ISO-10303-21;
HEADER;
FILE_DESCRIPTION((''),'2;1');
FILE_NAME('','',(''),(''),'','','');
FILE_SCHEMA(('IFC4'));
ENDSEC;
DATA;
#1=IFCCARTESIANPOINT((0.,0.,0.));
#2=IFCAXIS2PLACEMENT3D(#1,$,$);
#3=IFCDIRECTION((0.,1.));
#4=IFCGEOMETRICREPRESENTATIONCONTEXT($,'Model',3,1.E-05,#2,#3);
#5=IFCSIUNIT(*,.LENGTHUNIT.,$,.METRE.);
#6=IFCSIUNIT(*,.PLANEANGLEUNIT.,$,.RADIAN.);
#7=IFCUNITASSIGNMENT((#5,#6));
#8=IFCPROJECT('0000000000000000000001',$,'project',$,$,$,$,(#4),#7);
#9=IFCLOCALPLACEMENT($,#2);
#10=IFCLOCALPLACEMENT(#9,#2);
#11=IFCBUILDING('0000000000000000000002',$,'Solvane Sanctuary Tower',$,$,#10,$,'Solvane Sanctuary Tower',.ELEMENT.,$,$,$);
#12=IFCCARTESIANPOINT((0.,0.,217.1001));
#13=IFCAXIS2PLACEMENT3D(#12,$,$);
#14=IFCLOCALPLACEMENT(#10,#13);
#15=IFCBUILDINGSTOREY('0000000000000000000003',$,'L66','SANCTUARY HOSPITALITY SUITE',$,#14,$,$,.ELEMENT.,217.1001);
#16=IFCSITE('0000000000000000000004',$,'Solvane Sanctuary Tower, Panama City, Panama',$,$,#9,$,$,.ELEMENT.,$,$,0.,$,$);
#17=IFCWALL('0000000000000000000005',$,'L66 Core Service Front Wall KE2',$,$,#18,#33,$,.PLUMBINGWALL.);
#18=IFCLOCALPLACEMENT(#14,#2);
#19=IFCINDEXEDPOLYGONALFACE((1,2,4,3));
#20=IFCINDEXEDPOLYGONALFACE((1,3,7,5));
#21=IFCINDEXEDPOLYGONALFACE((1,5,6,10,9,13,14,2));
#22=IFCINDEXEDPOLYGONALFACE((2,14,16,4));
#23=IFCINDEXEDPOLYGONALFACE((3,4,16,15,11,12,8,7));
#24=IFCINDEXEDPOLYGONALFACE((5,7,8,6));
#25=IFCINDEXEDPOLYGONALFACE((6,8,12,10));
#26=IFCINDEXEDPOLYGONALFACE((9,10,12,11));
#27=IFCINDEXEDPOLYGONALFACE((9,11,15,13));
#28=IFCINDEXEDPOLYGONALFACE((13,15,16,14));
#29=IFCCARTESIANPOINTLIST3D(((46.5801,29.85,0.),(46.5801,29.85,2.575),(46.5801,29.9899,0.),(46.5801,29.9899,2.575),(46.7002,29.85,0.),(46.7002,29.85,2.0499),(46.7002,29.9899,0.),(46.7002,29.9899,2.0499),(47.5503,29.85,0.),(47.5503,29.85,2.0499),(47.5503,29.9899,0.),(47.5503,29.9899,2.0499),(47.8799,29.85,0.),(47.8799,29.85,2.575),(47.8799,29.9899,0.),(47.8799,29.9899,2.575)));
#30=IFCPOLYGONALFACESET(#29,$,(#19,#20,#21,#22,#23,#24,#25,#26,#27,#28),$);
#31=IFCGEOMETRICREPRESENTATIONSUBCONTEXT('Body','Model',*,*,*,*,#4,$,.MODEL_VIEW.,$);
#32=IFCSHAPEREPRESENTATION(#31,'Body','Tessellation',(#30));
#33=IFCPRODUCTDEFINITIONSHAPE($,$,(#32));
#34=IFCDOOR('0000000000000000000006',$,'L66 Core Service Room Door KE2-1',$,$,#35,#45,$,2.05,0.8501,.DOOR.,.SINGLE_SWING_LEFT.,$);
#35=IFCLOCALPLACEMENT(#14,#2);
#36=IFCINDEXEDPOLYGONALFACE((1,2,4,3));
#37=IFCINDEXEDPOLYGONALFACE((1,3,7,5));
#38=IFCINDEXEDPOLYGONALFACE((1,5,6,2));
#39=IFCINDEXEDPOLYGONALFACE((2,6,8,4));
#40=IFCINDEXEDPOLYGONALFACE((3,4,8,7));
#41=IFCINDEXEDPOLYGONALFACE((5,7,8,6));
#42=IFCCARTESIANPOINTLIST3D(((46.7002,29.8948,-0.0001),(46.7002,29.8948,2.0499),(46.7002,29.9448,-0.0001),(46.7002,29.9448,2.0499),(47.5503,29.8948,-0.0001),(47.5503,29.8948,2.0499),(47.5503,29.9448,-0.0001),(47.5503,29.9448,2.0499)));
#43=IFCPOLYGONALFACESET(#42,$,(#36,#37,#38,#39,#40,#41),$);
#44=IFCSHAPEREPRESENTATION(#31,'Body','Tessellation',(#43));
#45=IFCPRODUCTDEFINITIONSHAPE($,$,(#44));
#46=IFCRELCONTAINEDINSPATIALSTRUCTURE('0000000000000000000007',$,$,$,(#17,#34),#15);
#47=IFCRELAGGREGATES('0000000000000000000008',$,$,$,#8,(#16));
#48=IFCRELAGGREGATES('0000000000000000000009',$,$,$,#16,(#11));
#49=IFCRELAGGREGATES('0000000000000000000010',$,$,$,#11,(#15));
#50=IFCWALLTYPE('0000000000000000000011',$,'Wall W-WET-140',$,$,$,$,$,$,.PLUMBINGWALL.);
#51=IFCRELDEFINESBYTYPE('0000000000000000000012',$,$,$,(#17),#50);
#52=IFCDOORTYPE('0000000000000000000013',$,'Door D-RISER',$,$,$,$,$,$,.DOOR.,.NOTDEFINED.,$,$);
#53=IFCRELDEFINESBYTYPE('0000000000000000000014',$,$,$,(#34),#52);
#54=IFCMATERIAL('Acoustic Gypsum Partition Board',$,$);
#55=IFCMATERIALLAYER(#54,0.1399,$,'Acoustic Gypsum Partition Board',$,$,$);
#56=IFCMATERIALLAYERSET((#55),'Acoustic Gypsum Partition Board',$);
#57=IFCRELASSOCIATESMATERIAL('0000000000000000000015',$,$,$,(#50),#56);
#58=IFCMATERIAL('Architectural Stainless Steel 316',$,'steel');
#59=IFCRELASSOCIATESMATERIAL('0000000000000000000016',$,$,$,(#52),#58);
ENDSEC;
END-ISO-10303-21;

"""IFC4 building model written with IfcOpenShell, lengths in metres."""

from ifc_helpers import new_model, si_unit, direction, frame, frame_2d, origin, place, context, subcontext, project, spatial, rectangle, extrude, material, layer, layer_set, type_object, element, fill, save


model = new_model("IFC4")

# Units and contexts
model_context = context("Model", 3, precision=1e-05, world=origin(), true_north=direction((0.0, 1.0)))
body_context = subcontext(model_context, "Body", "Model", "MODEL_VIEW")
ifc_project = project(units=[si_unit("LENGTHUNIT", "METRE"), si_unit("PLANEANGLEUNIT", "RADIAN")], contexts=[model_context])

# Site, building, storey
site_placement = place(None, origin())
site = spatial("IfcSite", under=ifc_project, at=site_placement, Name="Solvane Sanctuary Tower, Panama City, Panama", CompositionType="ELEMENT", RefElevation=0.0)
building_placement = place(site_placement, origin())
building = spatial("IfcBuilding", under=site, at=building_placement, Name="Solvane Sanctuary Tower", LongName="Solvane Sanctuary Tower", CompositionType="ELEMENT")
storey_placement = place(building_placement, frame((0.0, 0.0, 217.1001)))
storey = spatial("IfcBuildingStorey", under=building, at=storey_placement, Name="L66", Description="SANCTUARY HOSPITALITY SUITE", CompositionType="ELEMENT", Elevation=217.1001)

# Shared definitions
ifc_material_1 = material(Name="Acoustic Gypsum Partition Board")

# Wall, opening, door
ifc_layer_1 = layer(ifc_material_1, 0.1399, Name="Acoustic Gypsum Partition Board")
ifc_layer_set_1 = layer_set([ifc_layer_1], Name="Acoustic Gypsum Partition Board")
wall_type_1 = type_object("IfcWallType", Name="Wall W-WET-140", PredefinedType="PLUMBINGWALL", material=ifc_layer_set_1)
ifc_material_2 = material(Name="Architectural Stainless Steel 316", Category="steel")
door_type_1 = type_object("IfcDoorType", Name="Door D-RISER", OperationType="NOTDEFINED", PredefinedType="DOOR", material=ifc_material_2)
wall_1_placement = place(storey_placement, frame((46.5801, 29.9199, 0.0), z_axis=(0.0, 0.0, 1.0), x_axis=(1.0, 0.0, 0.0)))
wall_1 = element("IfcWall", 1, at=wall_1_placement, inside=storey, type_object=wall_type_1, Name="L66 Core Service Front Wall KE2", PredefinedType="PLUMBINGWALL", context=body_context, shape_type="SweptSolid", body=[
    extrude(rectangle(XDim=1.2998, YDim=0.1399, at=frame_2d((0.6499, 0.0))), origin(), (0.0, 0.0, 1.0), 2.575),
])
opening_1_placement = place(wall_1_placement, frame((0.1201, 0.0, 0.0)))
opening_1 = element("IfcOpeningElement", 2, at=opening_1_placement, cuts=wall_1, PredefinedType="OPENING", context=body_context, shape_type="SweptSolid", body=[
    extrude(rectangle(XDim=0.8501, YDim=2.05, at=frame_2d((0.425, 1.0249))), frame((0.0, 0.0798, 0.0), z_axis=(0.0, -1.0, 0.0), x_axis=(1.0, 0.0, 0.0)), (0.0, 0.0, 1.0), 0.1599),
])
door_1_placement = place(opening_1_placement, origin())
door_1 = element("IfcDoor", 3, at=door_1_placement, inside=storey, type_object=door_type_1, Name="L66 Core Service Room Door KE2-1", OperationType="SINGLE_SWING_LEFT", OverallHeight=2.05, OverallWidth=0.8501, PredefinedType="DOOR", context=body_context, shape_type="SweptSolid", body=[
    extrude(rectangle(XDim=0.8501, YDim=2.05, at=frame_2d((0.425, 1.0249))), frame((0.0, 0.0249, 0.0), z_axis=(0.0, -1.0, 0.0), x_axis=(1.0, 0.0, 0.0)), (0.0, 0.0, 1.0), 0.05),
])
fill(opening_1, door_1)

save(model, "model.ifc")
